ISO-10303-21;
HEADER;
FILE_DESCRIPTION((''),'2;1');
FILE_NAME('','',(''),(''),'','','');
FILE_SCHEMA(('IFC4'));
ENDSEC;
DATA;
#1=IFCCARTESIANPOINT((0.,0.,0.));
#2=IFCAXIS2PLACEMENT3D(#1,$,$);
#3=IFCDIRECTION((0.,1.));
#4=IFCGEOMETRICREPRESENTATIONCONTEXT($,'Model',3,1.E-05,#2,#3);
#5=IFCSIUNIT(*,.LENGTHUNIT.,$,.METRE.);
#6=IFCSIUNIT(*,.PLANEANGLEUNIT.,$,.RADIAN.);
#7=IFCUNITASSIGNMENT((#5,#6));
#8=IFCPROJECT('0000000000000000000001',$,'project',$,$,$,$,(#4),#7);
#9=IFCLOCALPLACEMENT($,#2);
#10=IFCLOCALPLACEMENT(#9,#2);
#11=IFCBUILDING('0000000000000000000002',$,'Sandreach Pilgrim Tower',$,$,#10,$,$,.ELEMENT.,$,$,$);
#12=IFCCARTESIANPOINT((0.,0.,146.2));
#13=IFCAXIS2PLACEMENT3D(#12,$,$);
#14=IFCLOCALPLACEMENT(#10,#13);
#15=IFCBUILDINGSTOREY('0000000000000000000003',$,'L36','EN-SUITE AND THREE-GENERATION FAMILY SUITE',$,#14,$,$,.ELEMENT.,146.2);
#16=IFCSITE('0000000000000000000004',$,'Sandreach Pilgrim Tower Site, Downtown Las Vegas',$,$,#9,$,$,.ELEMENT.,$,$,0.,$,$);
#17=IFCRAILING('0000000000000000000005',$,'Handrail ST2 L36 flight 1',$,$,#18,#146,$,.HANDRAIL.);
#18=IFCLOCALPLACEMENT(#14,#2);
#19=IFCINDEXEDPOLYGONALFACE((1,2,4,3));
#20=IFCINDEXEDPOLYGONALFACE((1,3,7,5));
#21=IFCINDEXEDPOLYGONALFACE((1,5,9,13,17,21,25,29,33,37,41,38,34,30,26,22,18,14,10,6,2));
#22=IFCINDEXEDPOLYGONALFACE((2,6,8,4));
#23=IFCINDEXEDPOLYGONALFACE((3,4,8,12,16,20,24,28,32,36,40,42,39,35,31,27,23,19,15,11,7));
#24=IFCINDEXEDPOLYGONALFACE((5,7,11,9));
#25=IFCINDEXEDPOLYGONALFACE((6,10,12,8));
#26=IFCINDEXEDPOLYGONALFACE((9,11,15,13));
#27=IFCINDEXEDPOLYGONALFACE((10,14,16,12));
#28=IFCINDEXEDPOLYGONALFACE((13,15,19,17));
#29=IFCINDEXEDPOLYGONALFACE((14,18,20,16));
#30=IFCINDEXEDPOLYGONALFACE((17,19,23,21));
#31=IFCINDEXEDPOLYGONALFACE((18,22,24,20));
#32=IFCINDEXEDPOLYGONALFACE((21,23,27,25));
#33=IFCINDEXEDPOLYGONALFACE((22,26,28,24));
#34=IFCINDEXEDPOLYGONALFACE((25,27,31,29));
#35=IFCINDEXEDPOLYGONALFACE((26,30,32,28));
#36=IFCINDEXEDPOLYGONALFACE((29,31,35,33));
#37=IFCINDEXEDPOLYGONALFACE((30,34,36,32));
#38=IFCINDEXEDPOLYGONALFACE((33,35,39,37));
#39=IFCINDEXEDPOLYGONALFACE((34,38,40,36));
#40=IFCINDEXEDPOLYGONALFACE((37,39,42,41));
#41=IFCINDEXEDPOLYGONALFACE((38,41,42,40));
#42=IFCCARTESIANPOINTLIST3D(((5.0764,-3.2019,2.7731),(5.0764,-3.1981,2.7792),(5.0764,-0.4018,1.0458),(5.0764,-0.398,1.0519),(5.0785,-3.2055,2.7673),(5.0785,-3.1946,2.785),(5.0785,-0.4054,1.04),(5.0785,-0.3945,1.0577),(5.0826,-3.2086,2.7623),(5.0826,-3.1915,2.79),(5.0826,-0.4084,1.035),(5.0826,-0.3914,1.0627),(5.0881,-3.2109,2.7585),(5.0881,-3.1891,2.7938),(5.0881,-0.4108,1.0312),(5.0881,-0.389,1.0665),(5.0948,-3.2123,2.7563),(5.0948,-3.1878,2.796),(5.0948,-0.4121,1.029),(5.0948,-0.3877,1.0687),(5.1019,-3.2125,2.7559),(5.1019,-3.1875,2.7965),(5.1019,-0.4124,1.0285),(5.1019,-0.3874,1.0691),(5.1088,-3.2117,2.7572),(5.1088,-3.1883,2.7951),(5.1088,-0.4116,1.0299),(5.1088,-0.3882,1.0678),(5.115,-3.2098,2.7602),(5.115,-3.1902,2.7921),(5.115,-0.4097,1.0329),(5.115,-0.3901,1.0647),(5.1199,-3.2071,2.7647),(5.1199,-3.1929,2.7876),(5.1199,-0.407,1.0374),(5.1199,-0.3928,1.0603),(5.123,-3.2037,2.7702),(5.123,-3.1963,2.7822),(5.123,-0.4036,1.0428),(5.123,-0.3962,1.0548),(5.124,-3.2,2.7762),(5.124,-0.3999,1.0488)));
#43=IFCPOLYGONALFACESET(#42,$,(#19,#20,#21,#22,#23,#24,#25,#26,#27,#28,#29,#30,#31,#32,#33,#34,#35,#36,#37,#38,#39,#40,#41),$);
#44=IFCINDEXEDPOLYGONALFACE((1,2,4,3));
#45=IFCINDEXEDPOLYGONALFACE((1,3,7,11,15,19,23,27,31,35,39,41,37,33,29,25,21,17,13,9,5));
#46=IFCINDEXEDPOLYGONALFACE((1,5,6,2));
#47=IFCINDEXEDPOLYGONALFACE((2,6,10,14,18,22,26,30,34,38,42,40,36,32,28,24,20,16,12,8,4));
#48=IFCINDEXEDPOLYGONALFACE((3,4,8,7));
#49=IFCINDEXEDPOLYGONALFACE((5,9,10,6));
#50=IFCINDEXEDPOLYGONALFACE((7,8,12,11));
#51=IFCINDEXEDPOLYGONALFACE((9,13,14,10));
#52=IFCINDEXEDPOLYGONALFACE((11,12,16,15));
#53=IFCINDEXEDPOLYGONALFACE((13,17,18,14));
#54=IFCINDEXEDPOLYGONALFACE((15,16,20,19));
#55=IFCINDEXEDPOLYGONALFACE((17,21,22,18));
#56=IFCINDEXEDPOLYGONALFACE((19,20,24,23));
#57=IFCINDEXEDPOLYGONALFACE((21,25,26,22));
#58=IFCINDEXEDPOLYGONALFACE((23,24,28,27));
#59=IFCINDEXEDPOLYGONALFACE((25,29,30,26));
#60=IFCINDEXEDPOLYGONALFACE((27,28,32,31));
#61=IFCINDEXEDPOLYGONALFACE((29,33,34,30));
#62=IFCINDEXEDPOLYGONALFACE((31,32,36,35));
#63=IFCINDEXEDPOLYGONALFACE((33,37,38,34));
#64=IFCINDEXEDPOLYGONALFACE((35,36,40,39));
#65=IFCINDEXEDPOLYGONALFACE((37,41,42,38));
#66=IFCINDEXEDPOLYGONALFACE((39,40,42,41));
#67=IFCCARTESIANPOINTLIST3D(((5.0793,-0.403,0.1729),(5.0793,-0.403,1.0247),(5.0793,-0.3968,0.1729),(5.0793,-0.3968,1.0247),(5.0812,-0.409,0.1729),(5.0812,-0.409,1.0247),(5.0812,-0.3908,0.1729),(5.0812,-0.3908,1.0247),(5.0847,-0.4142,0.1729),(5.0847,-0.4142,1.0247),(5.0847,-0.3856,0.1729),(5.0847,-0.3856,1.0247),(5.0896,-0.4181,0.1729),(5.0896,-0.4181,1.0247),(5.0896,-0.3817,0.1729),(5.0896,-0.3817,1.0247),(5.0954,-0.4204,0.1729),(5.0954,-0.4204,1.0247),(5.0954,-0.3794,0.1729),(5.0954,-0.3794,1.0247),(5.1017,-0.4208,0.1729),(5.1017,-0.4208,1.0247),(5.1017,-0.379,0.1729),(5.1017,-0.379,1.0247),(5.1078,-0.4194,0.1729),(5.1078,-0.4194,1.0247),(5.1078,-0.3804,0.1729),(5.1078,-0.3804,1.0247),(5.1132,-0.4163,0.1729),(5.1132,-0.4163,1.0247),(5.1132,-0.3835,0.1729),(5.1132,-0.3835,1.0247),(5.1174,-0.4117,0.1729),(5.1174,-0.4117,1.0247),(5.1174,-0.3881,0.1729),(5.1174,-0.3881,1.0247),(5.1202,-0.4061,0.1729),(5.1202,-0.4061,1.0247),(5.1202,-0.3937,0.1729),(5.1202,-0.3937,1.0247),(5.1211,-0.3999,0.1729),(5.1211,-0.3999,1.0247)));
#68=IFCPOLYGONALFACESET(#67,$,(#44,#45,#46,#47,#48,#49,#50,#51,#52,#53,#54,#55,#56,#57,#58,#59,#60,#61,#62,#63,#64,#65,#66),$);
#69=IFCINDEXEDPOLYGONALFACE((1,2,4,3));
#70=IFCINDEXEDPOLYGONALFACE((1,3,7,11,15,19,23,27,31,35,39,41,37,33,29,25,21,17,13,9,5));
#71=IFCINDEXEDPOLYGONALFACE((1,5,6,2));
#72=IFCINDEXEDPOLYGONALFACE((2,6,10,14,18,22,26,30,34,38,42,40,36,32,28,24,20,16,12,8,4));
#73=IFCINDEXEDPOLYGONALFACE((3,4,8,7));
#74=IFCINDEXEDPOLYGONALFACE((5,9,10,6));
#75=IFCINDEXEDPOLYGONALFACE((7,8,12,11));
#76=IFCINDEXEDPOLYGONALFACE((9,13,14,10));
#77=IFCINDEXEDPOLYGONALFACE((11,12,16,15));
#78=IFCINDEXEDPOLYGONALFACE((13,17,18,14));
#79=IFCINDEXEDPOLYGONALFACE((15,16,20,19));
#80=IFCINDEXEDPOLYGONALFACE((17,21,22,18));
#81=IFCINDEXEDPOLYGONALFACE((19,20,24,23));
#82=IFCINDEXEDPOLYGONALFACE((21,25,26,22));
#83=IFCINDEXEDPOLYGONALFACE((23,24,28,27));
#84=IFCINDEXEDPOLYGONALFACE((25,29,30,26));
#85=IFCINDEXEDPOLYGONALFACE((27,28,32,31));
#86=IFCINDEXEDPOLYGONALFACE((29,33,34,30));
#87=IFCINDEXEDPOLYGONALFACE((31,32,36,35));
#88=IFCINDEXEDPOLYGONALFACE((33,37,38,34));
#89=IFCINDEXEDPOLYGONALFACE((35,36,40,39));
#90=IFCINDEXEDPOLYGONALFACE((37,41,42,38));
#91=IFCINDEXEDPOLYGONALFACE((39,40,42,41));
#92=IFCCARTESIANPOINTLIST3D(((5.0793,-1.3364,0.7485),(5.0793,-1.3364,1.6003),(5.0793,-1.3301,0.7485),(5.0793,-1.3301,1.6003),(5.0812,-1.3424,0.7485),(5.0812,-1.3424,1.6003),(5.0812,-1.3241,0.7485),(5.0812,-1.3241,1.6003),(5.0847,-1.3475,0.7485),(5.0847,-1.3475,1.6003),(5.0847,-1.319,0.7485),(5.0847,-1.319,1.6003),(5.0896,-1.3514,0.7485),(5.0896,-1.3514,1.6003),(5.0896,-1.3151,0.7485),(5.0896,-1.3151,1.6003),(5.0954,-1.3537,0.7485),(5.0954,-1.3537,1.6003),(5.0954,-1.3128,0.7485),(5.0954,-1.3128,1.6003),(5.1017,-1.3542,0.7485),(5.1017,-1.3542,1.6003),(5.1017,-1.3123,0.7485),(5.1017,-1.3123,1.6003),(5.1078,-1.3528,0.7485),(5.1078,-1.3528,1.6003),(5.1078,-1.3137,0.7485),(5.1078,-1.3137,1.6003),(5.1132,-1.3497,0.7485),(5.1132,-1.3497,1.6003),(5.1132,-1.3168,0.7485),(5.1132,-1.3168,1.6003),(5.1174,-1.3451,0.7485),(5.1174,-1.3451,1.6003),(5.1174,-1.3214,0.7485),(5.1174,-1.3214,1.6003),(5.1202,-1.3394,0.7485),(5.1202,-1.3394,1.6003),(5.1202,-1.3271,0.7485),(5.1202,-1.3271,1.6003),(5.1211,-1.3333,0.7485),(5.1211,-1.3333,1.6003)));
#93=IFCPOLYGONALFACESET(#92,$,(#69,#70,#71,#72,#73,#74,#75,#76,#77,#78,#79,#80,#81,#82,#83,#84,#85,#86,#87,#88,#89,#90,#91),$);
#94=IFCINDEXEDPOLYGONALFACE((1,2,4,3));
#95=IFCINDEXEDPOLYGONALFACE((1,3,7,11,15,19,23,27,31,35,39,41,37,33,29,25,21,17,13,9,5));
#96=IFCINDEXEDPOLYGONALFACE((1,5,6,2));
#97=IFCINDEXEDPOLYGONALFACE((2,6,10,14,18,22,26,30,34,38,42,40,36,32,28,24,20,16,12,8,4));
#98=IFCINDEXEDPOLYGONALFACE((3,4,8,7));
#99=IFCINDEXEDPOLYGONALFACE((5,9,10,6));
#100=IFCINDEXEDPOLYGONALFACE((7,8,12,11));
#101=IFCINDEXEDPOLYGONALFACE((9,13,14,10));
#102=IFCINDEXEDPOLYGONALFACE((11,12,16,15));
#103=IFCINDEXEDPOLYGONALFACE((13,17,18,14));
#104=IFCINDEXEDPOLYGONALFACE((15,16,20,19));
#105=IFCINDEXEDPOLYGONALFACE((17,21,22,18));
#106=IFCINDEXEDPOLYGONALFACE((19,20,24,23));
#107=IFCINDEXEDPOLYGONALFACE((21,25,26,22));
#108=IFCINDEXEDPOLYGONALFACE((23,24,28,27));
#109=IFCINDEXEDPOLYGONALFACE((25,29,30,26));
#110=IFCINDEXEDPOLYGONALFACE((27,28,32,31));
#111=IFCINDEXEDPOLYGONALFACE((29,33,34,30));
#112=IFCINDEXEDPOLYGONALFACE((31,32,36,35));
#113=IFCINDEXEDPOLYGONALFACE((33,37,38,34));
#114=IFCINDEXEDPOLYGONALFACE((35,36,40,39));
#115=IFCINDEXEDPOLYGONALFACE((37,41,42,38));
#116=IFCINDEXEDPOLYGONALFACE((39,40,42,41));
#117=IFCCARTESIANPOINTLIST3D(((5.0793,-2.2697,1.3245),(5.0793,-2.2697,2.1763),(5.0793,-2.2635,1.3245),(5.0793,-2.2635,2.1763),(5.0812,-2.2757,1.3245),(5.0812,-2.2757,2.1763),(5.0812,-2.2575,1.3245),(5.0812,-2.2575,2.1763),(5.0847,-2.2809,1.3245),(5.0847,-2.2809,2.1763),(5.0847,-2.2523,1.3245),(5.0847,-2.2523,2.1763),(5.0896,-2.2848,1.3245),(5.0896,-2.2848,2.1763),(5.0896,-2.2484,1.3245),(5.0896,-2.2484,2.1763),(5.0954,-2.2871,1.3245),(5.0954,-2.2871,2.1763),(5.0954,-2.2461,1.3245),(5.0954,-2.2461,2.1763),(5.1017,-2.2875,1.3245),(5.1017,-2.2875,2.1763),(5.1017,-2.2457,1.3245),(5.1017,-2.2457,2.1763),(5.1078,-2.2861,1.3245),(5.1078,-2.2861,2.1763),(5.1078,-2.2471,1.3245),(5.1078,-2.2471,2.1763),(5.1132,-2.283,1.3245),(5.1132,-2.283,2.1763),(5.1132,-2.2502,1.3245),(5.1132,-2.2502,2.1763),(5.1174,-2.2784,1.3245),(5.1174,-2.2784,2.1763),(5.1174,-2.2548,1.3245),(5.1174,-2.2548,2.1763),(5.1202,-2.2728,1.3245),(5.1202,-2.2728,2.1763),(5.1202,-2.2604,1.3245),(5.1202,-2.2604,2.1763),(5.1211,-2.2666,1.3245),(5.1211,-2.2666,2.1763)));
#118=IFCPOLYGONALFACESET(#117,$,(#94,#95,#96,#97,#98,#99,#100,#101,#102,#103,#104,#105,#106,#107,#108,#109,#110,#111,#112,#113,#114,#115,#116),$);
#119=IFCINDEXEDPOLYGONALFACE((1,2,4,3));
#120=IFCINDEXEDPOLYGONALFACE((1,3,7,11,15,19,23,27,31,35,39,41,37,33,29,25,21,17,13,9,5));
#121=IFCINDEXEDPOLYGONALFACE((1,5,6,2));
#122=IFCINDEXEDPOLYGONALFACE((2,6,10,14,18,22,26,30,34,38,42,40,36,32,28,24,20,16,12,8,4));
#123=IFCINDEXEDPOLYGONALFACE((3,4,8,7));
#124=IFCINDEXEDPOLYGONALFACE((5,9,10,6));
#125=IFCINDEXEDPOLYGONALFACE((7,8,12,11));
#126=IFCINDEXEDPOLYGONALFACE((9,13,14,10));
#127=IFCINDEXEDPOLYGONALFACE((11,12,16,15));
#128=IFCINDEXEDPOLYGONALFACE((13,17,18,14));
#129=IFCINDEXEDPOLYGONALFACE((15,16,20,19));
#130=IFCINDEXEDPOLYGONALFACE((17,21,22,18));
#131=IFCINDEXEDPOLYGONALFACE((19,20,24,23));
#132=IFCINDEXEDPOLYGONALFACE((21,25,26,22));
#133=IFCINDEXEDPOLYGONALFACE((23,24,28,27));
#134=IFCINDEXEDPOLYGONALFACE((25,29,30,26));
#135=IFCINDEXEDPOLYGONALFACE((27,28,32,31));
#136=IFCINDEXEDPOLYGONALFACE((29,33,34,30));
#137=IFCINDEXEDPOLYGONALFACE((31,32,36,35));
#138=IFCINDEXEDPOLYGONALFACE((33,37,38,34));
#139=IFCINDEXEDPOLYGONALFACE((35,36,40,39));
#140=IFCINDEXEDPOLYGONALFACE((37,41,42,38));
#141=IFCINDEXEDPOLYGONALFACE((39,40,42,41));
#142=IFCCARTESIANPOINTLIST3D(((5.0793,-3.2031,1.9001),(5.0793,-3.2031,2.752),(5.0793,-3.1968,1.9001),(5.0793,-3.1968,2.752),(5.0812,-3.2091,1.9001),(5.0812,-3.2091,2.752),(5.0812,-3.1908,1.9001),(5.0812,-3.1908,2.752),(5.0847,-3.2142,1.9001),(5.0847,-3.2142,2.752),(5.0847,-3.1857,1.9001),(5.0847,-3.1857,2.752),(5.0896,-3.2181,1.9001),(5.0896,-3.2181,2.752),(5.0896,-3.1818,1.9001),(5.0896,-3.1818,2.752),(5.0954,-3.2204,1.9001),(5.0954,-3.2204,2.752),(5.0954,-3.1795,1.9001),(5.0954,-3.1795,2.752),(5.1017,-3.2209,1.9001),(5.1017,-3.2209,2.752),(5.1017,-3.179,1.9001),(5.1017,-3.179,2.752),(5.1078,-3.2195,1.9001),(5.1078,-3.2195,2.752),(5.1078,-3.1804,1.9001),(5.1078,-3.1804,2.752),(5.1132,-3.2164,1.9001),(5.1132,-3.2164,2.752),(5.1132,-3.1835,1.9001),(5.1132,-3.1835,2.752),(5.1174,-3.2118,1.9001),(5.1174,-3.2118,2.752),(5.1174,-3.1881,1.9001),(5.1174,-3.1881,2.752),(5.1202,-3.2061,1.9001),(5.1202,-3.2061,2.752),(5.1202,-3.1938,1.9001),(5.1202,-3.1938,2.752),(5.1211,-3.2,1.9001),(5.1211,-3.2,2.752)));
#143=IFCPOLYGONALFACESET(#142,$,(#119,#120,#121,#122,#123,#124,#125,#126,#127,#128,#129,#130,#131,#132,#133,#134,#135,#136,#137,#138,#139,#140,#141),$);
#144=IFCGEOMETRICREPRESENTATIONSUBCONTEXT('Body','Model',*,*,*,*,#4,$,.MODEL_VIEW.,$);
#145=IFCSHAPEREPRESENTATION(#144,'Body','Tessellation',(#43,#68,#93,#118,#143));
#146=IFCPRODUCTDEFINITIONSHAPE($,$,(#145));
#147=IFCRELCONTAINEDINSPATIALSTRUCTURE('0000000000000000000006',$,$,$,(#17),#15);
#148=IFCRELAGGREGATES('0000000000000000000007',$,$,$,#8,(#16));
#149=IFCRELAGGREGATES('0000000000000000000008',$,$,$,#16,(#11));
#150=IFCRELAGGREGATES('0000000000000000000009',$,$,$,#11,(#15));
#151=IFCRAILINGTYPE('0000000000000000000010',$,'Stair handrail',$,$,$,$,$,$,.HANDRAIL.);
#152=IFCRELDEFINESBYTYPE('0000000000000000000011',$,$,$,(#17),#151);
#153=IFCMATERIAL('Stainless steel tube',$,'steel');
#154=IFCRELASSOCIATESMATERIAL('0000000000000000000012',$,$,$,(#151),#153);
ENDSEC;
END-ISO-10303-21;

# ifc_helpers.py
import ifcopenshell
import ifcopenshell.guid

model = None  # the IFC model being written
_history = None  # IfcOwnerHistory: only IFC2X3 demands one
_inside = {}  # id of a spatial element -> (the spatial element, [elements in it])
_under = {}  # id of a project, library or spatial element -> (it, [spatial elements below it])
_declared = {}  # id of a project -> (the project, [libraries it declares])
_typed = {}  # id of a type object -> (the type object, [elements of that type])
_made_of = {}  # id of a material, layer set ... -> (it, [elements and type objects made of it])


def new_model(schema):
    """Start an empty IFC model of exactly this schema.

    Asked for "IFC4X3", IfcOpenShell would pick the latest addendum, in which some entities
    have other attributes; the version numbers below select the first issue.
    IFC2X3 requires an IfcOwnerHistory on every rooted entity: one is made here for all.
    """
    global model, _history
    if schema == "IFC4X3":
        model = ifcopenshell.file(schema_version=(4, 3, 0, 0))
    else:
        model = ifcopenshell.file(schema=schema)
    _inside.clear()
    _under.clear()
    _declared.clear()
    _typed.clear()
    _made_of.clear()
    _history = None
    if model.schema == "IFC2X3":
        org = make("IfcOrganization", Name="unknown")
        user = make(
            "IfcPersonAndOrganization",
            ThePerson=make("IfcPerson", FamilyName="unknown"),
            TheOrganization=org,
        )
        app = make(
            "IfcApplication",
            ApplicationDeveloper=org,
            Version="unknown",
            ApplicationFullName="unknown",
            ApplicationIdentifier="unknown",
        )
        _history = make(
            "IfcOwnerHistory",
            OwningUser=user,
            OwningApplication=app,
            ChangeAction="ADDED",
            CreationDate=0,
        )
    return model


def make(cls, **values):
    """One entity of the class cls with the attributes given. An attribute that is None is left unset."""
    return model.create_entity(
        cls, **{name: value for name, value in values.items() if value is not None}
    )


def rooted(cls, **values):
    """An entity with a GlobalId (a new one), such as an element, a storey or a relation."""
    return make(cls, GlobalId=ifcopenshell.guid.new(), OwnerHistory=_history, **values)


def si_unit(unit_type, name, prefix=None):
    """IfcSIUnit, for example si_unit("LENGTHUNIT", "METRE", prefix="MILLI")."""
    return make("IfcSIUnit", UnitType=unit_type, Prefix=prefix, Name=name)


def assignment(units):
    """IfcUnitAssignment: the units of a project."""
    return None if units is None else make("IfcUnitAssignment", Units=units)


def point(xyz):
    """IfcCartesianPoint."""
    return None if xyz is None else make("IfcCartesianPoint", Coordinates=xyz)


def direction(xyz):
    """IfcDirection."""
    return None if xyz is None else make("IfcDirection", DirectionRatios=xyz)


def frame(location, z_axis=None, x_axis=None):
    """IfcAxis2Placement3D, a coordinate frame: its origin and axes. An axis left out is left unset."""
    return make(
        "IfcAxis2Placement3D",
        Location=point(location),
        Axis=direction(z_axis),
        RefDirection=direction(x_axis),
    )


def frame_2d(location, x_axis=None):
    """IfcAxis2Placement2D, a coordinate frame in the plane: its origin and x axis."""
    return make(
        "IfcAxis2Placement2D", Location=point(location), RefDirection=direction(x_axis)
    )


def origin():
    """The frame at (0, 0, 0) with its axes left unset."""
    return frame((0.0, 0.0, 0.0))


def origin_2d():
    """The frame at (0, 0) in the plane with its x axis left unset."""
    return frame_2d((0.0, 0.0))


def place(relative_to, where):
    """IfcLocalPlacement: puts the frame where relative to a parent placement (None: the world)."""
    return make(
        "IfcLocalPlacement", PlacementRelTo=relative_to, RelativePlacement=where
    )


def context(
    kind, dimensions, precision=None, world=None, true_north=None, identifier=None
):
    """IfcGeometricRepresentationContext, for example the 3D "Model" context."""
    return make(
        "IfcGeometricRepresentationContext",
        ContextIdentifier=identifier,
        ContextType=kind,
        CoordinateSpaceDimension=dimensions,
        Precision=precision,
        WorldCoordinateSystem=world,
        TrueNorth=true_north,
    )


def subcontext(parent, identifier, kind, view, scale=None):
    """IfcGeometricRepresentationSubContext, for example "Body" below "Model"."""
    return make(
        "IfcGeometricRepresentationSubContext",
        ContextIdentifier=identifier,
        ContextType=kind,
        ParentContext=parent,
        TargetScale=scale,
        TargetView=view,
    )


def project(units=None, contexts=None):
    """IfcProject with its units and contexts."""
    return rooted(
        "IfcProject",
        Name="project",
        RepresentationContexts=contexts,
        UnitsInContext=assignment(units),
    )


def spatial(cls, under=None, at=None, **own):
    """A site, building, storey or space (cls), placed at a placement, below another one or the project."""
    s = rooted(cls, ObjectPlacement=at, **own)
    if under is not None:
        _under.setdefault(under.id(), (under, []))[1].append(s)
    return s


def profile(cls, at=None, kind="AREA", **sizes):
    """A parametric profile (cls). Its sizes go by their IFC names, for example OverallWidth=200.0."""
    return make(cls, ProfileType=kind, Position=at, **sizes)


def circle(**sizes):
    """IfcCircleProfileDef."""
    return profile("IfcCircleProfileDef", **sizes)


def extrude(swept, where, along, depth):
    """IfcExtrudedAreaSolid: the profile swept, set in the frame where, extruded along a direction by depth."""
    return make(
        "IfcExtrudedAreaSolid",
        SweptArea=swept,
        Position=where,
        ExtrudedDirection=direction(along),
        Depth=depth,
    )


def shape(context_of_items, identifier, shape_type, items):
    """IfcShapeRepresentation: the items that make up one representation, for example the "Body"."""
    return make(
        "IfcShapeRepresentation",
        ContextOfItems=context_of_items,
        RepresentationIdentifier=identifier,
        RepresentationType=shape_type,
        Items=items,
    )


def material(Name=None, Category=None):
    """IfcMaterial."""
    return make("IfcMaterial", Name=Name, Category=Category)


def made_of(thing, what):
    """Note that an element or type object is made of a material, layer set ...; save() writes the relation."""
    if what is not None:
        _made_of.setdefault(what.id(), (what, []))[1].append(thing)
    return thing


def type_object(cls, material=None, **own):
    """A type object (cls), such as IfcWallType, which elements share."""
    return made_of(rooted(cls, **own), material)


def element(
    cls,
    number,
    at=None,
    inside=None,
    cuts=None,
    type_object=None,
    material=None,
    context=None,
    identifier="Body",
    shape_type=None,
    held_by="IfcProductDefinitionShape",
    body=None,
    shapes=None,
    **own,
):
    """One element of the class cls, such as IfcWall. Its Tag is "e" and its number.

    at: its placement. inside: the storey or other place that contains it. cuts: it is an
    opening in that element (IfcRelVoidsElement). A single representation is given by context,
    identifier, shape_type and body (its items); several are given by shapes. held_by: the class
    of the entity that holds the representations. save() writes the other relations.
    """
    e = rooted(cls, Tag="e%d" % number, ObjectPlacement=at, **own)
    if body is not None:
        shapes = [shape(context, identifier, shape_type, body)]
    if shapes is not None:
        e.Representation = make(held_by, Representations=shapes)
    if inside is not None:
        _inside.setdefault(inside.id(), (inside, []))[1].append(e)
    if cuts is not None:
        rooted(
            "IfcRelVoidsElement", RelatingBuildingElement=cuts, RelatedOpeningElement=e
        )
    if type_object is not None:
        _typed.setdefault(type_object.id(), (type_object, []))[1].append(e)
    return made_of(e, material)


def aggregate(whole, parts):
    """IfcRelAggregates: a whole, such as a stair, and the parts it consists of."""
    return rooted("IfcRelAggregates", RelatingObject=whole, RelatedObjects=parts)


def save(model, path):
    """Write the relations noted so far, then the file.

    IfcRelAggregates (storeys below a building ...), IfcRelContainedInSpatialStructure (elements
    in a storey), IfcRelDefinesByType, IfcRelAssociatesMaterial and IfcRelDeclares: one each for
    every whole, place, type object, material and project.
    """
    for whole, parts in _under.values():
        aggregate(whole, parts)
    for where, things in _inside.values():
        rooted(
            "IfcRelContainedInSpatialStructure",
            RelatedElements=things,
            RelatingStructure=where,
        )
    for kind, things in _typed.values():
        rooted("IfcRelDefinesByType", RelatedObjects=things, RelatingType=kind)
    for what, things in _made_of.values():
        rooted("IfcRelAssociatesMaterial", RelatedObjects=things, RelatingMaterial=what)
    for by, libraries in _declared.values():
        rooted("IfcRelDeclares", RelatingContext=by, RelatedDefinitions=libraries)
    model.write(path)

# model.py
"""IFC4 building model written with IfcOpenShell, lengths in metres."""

from ifc_helpers import new_model, si_unit, direction, frame, origin, origin_2d, place, context, subcontext, project, spatial, circle, extrude, material, type_object, element, save


model = new_model("IFC4")

# Units and contexts
model_context = context("Model", 3, precision=1e-05, world=origin(), true_north=direction((0.0, 1.0)))
body_context = subcontext(model_context, "Body", "Model", "MODEL_VIEW")
ifc_project = project(units=[si_unit("LENGTHUNIT", "METRE"), si_unit("PLANEANGLEUNIT", "RADIAN")], contexts=[model_context])

# Site, building, storey
site_placement = place(None, origin())
site = spatial("IfcSite", under=ifc_project, at=site_placement, Name="Sandreach Pilgrim Tower Site, Downtown Las Vegas", CompositionType="ELEMENT", RefElevation=0.0)
building_placement = place(site_placement, origin())
building = spatial("IfcBuilding", under=site, at=building_placement, Name="Sandreach Pilgrim Tower", CompositionType="ELEMENT")
storey_placement = place(building_placement, frame((0.0, 0.0, 146.2)))
storey = spatial("IfcBuildingStorey", under=building, at=storey_placement, Name="L36", Description="EN-SUITE AND THREE-GENERATION FAMILY SUITE", CompositionType="ELEMENT", Elevation=146.2)

# Railing
ifc_material_1 = material(Name="Stainless steel tube", Category="steel")
railing_type = type_object("IfcRailingType", Name="Stair handrail", PredefinedType="HANDRAIL", material=ifc_material_1)
for number, where, name in (
    (1, (5.1001, -0.3999, 0.1729), "Handrail ST2 L36 flight 1"),
):
    element("IfcRailing", number, at=place(storey_placement, frame(where)), inside=storey, type_object=railing_type, Name=name, PredefinedType="HANDRAIL", context=body_context, shape_type="SweptSolid", body=[
        extrude(circle(Radius=0.0239, at=origin_2d()), frame((0.0, 0.0, 0.876), z_axis=(0.0, -0.85109, 0.52502), x_axis=(1.0, 0.0, 0.0)), (0.0, 0.0, 1.0), 3.29),
        extrude(circle(Radius=0.021, at=origin_2d()), origin(), (0.0, 0.0, 1.0), 0.8518),
        extrude(circle(Radius=0.021, at=origin_2d()), frame((0.0, -0.9333, 0.5757)), (0.0, 0.0, 1.0), 0.8518),
        extrude(circle(Radius=0.021, at=origin_2d()), frame((0.0, -1.8667, 1.1516)), (0.0, 0.0, 1.0), 0.8518),
        extrude(circle(Radius=0.021, at=origin_2d()), frame((0.0, -2.8, 1.7273)), (0.0, 0.0, 1.0), 0.8518),
    ])

save(model, "model.ifc")
